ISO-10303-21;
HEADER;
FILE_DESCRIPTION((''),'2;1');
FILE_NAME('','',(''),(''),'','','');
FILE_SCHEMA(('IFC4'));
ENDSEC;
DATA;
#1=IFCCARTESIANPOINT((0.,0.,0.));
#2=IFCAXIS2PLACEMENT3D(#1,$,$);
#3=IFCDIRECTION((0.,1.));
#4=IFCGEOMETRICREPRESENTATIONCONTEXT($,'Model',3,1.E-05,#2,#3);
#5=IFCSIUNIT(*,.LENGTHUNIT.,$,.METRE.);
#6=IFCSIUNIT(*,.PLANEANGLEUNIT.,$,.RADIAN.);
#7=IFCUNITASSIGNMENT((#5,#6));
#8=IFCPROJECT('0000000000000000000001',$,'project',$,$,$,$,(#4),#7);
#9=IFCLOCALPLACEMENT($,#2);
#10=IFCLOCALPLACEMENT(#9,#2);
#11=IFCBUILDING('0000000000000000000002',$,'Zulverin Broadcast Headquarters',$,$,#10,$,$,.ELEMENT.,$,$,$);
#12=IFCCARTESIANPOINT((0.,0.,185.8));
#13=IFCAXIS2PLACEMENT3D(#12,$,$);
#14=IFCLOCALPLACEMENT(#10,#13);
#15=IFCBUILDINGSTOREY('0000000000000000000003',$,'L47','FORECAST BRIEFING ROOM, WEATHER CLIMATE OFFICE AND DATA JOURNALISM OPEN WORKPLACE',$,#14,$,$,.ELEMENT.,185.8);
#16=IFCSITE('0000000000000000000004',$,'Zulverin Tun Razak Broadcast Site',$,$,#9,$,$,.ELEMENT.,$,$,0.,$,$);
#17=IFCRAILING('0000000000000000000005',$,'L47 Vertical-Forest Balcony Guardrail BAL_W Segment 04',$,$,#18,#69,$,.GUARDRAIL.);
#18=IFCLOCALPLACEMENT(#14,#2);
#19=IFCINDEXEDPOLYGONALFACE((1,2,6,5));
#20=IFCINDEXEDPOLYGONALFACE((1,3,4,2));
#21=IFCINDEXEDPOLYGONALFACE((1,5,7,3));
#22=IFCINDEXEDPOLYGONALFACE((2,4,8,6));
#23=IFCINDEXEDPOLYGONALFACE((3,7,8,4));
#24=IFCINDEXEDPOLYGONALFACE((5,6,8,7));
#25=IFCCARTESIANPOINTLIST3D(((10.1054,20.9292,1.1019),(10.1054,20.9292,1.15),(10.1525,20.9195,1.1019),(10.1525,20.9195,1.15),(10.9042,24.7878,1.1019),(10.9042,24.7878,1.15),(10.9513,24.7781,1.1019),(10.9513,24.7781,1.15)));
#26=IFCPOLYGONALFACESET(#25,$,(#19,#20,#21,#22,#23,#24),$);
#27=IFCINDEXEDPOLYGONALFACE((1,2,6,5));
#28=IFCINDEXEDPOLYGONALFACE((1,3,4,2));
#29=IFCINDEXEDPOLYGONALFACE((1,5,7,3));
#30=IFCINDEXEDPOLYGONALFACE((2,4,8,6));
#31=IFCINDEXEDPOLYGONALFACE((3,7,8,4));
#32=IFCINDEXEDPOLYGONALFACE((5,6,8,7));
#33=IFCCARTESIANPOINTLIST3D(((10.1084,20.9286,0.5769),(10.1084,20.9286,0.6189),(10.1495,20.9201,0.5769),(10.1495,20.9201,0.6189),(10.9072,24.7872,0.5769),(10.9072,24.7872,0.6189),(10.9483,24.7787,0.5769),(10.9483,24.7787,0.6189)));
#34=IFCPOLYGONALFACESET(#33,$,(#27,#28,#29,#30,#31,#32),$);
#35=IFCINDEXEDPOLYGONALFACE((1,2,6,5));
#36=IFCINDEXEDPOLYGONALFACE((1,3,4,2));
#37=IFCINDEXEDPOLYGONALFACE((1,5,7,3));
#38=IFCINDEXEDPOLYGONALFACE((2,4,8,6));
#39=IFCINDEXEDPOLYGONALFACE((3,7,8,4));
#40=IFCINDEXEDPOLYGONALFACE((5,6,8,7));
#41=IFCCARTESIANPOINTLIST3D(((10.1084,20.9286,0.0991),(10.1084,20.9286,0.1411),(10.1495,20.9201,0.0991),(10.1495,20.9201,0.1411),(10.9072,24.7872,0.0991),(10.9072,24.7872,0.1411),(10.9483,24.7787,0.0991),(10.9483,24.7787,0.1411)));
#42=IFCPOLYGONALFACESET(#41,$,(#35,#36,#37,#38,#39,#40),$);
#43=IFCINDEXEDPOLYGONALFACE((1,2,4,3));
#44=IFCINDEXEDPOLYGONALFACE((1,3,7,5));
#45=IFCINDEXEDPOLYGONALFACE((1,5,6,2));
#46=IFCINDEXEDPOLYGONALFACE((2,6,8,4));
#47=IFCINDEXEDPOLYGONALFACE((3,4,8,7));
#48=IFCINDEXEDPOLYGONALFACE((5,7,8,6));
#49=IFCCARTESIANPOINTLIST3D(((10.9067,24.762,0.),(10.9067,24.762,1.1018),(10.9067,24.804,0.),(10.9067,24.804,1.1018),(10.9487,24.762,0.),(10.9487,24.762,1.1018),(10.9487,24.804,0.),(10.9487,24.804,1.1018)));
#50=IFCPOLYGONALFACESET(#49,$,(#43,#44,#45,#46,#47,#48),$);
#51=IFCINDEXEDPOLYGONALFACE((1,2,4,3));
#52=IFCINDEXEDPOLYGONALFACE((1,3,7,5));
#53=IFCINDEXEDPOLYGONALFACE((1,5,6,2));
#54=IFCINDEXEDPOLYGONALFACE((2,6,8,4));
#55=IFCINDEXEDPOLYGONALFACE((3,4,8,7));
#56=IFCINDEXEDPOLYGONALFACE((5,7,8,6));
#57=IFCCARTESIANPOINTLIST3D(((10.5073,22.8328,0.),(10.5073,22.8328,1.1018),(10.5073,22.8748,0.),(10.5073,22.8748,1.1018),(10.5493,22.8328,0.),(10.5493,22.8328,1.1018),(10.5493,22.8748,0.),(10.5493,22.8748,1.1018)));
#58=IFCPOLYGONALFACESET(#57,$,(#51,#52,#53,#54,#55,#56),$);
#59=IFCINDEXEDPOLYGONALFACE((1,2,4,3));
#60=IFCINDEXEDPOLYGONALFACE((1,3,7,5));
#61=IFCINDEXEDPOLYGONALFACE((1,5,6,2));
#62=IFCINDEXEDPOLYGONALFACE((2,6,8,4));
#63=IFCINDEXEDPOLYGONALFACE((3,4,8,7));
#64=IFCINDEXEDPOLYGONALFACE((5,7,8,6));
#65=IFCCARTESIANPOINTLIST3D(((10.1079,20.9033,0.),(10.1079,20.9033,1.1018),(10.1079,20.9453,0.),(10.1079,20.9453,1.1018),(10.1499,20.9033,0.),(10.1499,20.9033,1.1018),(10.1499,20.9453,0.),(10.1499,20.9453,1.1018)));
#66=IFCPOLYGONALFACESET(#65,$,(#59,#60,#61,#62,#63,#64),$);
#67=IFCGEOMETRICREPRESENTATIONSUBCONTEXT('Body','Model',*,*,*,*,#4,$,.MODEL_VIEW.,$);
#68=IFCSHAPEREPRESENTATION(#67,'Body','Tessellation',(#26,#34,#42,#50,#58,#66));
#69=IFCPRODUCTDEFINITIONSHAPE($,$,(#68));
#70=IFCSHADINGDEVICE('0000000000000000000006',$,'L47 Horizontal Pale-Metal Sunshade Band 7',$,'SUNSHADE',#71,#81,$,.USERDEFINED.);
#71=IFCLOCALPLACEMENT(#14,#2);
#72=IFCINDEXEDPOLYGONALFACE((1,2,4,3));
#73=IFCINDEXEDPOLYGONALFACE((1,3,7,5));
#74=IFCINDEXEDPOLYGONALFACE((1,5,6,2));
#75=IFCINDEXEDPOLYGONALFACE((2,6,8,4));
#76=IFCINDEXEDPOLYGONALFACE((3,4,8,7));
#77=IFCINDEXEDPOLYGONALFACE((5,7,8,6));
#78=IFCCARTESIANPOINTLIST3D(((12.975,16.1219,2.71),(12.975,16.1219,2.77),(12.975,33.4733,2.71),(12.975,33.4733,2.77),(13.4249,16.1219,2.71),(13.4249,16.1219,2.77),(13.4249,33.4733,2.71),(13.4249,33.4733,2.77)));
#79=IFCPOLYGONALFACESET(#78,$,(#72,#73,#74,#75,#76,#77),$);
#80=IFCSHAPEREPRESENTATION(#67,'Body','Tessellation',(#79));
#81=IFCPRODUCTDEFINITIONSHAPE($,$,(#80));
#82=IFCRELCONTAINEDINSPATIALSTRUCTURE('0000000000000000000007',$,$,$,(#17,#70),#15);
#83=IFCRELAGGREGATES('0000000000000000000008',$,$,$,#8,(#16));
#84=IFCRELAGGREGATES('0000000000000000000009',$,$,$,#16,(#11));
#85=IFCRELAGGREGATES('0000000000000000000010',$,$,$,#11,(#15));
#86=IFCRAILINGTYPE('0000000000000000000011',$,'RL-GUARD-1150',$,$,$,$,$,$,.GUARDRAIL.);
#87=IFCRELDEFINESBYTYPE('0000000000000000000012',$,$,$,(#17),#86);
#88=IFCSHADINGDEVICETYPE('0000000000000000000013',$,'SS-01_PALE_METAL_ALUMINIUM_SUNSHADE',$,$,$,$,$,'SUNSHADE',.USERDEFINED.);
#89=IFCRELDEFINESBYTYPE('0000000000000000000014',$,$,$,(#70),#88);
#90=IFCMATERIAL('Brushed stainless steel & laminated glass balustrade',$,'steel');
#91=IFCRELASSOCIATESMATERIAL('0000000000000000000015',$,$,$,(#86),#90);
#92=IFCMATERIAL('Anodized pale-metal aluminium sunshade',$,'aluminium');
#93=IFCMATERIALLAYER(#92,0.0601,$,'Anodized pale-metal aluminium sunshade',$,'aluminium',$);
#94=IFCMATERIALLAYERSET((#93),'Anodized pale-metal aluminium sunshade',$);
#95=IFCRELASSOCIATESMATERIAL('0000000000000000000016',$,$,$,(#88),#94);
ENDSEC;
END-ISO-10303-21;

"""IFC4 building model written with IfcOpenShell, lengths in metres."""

from ifc_helpers import new_model, si_unit, direction, frame, origin, origin_2d, place, context, subcontext, project, spatial, rectangle, extrude, material, layer, layer_set, type_object, element, save


model = new_model("IFC4")

# Units and contexts
model_context = context("Model", 3, precision=1e-05, world=origin(), true_north=direction((0.0, 1.0)))
body_context = subcontext(model_context, "Body", "Model", "MODEL_VIEW")
ifc_project = project(units=[si_unit("LENGTHUNIT", "METRE"), si_unit("PLANEANGLEUNIT", "RADIAN")], contexts=[model_context])

# Site, building, storey
site_placement = place(None, origin())
site = spatial("IfcSite", under=ifc_project, at=site_placement, Name="Zulverin Tun Razak Broadcast Site", CompositionType="ELEMENT", RefElevation=0.0)
building_placement = place(site_placement, origin())
building = spatial("IfcBuilding", under=site, at=building_placement, Name="Zulverin Broadcast Headquarters", CompositionType="ELEMENT")
storey_placement = place(building_placement, frame((0.0, 0.0, 185.8)))
storey = spatial("IfcBuildingStorey", under=building, at=storey_placement, Name="L47", Description="FORECAST BRIEFING ROOM, WEATHER CLIMATE OFFICE AND DATA JOURNALISM OPEN WORKPLACE", CompositionType="ELEMENT", Elevation=185.8)

# Railing
ifc_material_1 = material(Name="Brushed stainless steel & laminated glass balustrade", Category="steel")
railing_type = type_object("IfcRailingType", Name="RL-GUARD-1150", PredefinedType="GUARDRAIL", material=ifc_material_1)
railing_1_placement = place(storey_placement, frame((10.9277, 24.783, 0.0)))
element("IfcRailing", 1, at=railing_1_placement, inside=storey, type_object=railing_type, Name="L47 Vertical-Forest Balcony Guardrail BAL_W Segment 04", PredefinedType="GUARDRAIL", context=body_context, shape_type="SweptSolid", body=[
    extrude(rectangle(XDim=0.0481, YDim=0.0481, at=origin_2d()), frame((0.0, 0.0, 1.126), z_axis=(-0.202724, -0.979236, 0.0), x_axis=(0.979236, -0.202724, 0.0)), (0.0, 0.0, 1.0), 3.9404),
    extrude(rectangle(XDim=0.042, YDim=0.042, at=origin_2d()), frame((0.0, 0.0, 0.5979), z_axis=(-0.202724, -0.979236, 0.0), x_axis=(0.979236, -0.202724, 0.0)), (0.0, 0.0, 1.0), 3.9404),
    extrude(rectangle(XDim=0.042, YDim=0.042, at=origin_2d()), frame((0.0, 0.0, 0.1201), z_axis=(-0.202724, -0.979236, 0.0), x_axis=(0.979236, -0.202724, 0.0)), (0.0, 0.0, 1.0), 3.9404),
    extrude(rectangle(XDim=0.042, YDim=0.042, at=origin_2d()), origin(), (0.0, 0.0, 1.0), 1.1018),
    extrude(rectangle(XDim=0.042, YDim=0.042, at=origin_2d()), frame((-0.3994, -1.9292, 0.0)), (0.0, 0.0, 1.0), 1.1018),
    extrude(rectangle(XDim=0.042, YDim=0.042, at=origin_2d()), frame((-0.7988, -3.8586, 0.0)), (0.0, 0.0, 1.0), 1.1018),
])

# Shading device
ifc_material_2 = material(Name="Anodized pale-metal aluminium sunshade", Category="aluminium")
ifc_layer_1 = layer(ifc_material_2, 0.0601, Name="Anodized pale-metal aluminium sunshade", Category="aluminium")
ifc_layer_set_1 = layer_set([ifc_layer_1], Name="Anodized pale-metal aluminium sunshade")
shading_device_type = type_object("IfcShadingDeviceType", Name="SS-01_PALE_METAL_ALUMINIUM_SUNSHADE", ElementType="SUNSHADE", PredefinedType="USERDEFINED", material=ifc_layer_set_1)
shading_device_placement = place(storey_placement, frame((13.2, 24.7976, 2.71), z_axis=(0.0, 0.0, 1.0), x_axis=(0.0, -1.0, 0.0)))
element("IfcShadingDevice", 2, at=shading_device_placement, inside=storey, type_object=shading_device_type, Name="L47 Horizontal Pale-Metal Sunshade Band 7", ObjectType="SUNSHADE", PredefinedType="USERDEFINED", context=body_context, shape_type="SweptSolid", body=[
    extrude(rectangle(XDim=17.3513, YDim=0.45, at=origin_2d()), origin(), (0.0, 0.0, 1.0), 0.0601),
])

save(model, "model.ifc")
